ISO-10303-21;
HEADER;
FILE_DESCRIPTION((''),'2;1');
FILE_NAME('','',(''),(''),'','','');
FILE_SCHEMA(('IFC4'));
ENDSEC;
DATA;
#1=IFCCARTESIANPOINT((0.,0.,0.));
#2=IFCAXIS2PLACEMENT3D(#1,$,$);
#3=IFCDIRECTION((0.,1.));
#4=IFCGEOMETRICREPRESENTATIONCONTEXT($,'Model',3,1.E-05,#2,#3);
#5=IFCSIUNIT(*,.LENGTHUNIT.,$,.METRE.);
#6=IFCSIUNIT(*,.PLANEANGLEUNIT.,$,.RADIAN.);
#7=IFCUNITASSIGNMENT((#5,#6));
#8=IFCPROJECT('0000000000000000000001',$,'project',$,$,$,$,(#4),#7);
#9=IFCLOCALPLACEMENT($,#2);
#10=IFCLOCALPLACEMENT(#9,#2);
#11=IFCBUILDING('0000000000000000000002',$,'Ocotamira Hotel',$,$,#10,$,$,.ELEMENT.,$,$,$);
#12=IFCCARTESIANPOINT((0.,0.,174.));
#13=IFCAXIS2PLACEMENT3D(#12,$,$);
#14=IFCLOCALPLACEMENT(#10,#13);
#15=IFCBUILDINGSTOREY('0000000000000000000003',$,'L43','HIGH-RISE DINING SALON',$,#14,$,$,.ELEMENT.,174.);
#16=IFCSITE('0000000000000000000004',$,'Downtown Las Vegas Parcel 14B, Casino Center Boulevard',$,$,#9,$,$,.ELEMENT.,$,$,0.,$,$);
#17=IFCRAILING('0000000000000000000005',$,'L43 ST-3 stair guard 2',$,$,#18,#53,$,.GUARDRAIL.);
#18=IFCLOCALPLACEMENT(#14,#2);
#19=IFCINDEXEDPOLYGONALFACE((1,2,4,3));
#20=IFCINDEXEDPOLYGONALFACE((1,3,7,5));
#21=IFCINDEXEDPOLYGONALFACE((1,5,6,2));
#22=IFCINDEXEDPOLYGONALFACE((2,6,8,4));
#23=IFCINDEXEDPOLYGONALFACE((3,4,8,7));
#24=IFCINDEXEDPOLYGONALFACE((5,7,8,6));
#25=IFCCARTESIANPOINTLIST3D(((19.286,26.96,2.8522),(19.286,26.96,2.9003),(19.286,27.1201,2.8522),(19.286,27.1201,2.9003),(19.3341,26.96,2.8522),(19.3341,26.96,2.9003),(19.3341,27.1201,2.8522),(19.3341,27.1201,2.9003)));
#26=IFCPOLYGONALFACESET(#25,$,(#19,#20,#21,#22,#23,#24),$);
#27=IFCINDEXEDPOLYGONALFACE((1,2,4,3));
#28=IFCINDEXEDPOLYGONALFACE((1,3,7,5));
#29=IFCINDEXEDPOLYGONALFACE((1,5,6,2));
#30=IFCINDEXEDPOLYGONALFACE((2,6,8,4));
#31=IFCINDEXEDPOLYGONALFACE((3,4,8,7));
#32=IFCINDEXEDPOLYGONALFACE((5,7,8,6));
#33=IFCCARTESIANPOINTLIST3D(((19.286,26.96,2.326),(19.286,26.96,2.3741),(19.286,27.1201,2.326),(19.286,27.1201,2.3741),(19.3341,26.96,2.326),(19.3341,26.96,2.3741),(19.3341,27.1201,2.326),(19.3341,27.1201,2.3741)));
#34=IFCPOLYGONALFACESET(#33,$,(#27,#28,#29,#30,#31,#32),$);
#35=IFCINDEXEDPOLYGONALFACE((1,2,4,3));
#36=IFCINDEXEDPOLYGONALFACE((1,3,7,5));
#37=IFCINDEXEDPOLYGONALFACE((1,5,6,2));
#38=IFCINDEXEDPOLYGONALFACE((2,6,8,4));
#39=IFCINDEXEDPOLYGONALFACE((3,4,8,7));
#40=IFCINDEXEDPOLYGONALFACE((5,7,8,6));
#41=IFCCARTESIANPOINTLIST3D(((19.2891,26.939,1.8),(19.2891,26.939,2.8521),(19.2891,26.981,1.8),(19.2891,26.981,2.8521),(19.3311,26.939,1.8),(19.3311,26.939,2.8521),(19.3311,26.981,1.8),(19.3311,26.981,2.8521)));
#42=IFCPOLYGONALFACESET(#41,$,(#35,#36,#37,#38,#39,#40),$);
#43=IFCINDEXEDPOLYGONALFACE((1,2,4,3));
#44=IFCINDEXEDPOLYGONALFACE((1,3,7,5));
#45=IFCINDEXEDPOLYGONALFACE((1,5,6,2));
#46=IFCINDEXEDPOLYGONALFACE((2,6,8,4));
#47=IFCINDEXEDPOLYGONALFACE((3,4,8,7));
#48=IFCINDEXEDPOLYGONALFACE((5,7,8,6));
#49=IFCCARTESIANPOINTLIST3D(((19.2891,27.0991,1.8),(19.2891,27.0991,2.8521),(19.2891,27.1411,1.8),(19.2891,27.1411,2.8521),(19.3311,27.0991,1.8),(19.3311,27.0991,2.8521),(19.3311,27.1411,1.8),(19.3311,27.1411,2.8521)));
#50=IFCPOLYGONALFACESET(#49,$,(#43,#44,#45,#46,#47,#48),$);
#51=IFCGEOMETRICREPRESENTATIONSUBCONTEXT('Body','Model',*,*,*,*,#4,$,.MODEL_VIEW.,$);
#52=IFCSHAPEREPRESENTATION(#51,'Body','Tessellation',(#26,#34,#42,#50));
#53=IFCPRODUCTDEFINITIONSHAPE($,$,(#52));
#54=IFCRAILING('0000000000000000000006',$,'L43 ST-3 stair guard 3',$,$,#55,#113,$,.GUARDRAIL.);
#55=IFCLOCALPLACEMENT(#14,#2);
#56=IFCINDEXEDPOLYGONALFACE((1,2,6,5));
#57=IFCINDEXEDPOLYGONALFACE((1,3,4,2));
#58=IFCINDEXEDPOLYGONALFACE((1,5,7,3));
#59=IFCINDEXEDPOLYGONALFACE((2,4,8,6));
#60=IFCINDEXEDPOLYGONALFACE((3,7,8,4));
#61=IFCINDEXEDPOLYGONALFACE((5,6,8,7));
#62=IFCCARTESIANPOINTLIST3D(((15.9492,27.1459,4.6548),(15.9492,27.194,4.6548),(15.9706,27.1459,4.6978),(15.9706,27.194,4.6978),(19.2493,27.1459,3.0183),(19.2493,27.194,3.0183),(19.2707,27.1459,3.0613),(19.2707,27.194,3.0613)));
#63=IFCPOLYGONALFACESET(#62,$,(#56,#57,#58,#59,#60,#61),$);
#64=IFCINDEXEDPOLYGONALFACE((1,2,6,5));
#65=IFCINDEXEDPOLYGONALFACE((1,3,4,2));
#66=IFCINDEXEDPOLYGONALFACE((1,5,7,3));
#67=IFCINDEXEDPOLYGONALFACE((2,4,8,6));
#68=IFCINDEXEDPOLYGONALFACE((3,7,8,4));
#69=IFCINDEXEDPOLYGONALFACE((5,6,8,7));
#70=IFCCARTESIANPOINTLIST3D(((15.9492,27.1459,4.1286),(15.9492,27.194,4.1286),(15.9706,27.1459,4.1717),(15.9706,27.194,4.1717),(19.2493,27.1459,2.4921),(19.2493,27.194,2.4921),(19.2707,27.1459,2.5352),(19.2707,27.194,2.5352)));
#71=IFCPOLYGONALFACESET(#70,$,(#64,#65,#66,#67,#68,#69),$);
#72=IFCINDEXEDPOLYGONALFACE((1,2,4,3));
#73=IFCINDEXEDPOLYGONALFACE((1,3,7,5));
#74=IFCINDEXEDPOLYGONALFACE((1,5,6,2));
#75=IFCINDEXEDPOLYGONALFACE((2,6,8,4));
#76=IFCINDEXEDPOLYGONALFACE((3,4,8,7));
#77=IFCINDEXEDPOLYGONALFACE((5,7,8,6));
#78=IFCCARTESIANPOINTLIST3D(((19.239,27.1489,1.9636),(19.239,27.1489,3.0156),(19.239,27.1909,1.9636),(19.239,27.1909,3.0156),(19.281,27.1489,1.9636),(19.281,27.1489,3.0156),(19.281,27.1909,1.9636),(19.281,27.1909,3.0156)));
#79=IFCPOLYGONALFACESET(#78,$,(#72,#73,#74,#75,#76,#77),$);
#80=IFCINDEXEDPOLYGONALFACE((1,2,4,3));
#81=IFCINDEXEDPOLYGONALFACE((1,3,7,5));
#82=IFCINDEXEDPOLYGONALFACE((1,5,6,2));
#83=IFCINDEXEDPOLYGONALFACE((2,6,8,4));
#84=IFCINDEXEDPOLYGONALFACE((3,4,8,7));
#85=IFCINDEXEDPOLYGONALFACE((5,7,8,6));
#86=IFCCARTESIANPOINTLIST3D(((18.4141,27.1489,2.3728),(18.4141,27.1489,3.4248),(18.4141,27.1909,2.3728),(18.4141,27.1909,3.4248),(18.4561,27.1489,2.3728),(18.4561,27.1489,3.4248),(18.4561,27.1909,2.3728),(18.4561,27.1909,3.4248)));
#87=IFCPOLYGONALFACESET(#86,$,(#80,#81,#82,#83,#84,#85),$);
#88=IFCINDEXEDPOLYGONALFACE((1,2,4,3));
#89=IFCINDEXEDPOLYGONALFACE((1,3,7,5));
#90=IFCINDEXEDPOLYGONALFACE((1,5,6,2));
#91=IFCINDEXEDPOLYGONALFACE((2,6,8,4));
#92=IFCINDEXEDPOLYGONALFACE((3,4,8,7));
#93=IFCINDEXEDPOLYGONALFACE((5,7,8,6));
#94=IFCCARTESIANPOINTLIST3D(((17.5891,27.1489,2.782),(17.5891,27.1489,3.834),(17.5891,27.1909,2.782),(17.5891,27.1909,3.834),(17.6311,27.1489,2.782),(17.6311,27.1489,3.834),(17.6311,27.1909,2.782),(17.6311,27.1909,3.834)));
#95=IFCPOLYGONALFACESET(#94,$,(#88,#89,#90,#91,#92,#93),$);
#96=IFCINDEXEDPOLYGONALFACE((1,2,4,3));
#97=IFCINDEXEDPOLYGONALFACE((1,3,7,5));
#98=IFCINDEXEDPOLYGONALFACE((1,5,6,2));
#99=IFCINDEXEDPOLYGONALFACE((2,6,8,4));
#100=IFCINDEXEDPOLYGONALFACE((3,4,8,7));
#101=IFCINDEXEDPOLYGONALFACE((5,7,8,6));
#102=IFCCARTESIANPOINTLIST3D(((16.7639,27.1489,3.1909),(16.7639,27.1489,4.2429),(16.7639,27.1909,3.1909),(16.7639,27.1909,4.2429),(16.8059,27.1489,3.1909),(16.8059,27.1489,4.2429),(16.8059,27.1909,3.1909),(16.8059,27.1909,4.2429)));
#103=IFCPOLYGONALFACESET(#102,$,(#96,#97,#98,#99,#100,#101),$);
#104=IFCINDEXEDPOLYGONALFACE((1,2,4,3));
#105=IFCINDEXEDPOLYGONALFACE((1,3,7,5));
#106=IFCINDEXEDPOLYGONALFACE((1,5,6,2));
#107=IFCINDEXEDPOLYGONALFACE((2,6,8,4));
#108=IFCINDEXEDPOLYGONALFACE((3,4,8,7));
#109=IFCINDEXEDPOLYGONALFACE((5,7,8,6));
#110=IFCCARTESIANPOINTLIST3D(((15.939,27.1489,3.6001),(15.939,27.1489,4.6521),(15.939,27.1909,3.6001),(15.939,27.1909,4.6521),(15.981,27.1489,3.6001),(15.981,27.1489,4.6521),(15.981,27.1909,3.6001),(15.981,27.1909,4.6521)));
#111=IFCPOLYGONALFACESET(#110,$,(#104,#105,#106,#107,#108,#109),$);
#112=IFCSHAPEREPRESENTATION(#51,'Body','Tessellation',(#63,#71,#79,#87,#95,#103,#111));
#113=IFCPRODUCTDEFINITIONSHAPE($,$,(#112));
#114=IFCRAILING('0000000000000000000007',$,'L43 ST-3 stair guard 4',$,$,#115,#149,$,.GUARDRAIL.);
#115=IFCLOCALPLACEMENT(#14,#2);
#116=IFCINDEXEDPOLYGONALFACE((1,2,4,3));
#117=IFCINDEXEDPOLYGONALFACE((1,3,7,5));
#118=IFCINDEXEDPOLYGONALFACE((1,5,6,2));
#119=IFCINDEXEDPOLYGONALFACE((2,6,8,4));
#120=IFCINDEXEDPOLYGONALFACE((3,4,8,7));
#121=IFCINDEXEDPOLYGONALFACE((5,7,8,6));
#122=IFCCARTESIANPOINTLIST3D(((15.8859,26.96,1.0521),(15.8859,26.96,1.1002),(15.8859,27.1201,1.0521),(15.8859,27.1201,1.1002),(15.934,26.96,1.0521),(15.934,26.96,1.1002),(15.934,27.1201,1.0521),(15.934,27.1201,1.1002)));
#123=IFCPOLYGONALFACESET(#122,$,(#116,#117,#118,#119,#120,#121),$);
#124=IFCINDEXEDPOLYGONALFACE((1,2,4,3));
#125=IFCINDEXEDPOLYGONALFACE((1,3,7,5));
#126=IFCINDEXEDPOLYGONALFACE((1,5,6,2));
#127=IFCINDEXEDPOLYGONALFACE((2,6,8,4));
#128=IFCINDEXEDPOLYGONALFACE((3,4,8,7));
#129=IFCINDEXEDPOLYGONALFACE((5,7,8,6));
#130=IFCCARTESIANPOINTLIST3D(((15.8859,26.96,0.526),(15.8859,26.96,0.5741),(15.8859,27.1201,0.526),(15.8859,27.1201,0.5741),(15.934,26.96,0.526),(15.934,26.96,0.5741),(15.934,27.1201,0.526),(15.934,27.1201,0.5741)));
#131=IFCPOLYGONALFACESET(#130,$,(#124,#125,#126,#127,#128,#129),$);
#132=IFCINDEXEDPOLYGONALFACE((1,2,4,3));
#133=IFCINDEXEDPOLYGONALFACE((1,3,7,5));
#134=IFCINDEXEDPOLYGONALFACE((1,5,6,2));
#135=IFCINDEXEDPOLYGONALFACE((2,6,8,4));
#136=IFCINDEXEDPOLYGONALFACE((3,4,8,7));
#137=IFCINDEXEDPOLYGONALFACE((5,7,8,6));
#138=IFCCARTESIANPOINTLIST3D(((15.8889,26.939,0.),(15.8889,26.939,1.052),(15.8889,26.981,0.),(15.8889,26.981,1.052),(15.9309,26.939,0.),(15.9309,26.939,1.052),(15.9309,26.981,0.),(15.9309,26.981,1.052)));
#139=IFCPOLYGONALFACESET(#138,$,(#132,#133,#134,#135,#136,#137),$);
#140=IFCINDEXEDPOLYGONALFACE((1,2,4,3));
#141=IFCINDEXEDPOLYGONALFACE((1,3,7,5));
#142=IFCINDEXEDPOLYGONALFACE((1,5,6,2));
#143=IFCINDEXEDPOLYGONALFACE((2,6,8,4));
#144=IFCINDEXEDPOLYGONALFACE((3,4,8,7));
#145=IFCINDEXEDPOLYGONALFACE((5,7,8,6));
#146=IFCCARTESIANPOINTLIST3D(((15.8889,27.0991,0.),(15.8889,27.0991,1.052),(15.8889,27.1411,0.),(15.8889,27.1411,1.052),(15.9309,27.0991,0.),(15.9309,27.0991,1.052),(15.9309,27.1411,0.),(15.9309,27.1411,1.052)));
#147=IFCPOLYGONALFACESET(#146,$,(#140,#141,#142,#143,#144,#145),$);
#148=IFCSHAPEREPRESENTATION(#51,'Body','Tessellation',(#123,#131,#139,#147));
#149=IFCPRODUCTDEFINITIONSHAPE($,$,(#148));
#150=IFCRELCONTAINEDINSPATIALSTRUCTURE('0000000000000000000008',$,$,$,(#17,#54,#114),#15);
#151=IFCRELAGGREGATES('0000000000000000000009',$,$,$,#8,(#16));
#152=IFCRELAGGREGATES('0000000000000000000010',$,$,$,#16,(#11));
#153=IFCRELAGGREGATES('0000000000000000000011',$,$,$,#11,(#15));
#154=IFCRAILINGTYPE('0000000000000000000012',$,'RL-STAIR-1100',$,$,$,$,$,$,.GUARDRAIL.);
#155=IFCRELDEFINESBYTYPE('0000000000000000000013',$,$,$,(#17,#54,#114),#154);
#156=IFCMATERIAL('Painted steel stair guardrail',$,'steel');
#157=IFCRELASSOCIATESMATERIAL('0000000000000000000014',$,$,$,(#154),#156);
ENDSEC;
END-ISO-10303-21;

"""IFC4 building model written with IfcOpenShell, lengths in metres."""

from ifc_helpers import new_model, si_unit, direction, frame, origin, origin_2d, place, context, subcontext, project, spatial, rectangle, extrude, material, type_object, element, save


model = new_model("IFC4")

# Units and contexts
model_context = context("Model", 3, precision=1e-05, world=origin(), true_north=direction((0.0, 1.0)))
body_context = subcontext(model_context, "Body", "Model", "MODEL_VIEW")
ifc_project = project(units=[si_unit("LENGTHUNIT", "METRE"), si_unit("PLANEANGLEUNIT", "RADIAN")], contexts=[model_context])

# Site, building, storey
site_placement = place(None, origin())
site = spatial("IfcSite", under=ifc_project, at=site_placement, Name="Downtown Las Vegas Parcel 14B, Casino Center Boulevard", CompositionType="ELEMENT", RefElevation=0.0)
building_placement = place(site_placement, origin())
building = spatial("IfcBuilding", under=site, at=building_placement, Name="Ocotamira Hotel", CompositionType="ELEMENT")
storey_placement = place(building_placement, frame((0.0, 0.0, 174.0)))
storey = spatial("IfcBuildingStorey", under=building, at=storey_placement, Name="L43", Description="HIGH-RISE DINING SALON", CompositionType="ELEMENT", Elevation=174.0)

# Railings
ifc_material_1 = material(Name="Painted steel stair guardrail", Category="steel")
railing_type_1 = type_object("IfcRailingType", Name="RL-STAIR-1100", PredefinedType="GUARDRAIL", material=ifc_material_1)
railing_1_placement = place(storey_placement, frame((19.3101, 26.96, 1.8)))
element("IfcRailing", 1, at=railing_1_placement, inside=storey, type_object=railing_type_1, Name="L43 ST-3 stair guard 2", PredefinedType="GUARDRAIL", context=body_context, shape_type="SweptSolid", body=[
    extrude(rectangle(XDim=0.0481, YDim=0.0481, at=origin_2d()), frame((0.0, 0.0, 1.0762), z_axis=(0.0, 1.0, 0.0), x_axis=(-1.0, 0.0, 0.0)), (0.0, 0.0, 1.0), 0.1602),
    extrude(rectangle(XDim=0.0481, YDim=0.0481, at=origin_2d()), frame((0.0, 0.0, 0.55), z_axis=(0.0, 1.0, 0.0), x_axis=(-1.0, 0.0, 0.0)), (0.0, 0.0, 1.0), 0.1602),
    extrude(rectangle(XDim=0.042, YDim=0.042, at=origin_2d()), origin(), (0.0, 0.0, 1.0), 1.052),
    extrude(rectangle(XDim=0.042, YDim=0.042, at=origin_2d()), frame((0.0, 0.1602, 0.0)), (0.0, 0.0, 1.0), 1.052),
])
railing_2_placement = place(storey_placement, frame((19.26, 27.1699, 1.9636)))
element("IfcRailing", 2, at=railing_2_placement, inside=storey, type_object=railing_type_1, Name="L43 ST-3 stair guard 3", PredefinedType="GUARDRAIL", context=body_context, shape_type="SweptSolid", body=[
    extrude(rectangle(XDim=0.0481, YDim=0.0481, at=origin_2d()), frame((0.0, 0.0, 1.0762), z_axis=(-0.895894, 0.0, 0.444268), x_axis=(0.0, -1.0, 0.0)), (0.0, 0.0, 1.0), 3.6836),
    extrude(rectangle(XDim=0.0481, YDim=0.0481, at=origin_2d()), frame((0.0, 0.0, 0.55), z_axis=(-0.895894, 0.0, 0.444268), x_axis=(0.0, -1.0, 0.0)), (0.0, 0.0, 1.0), 3.6836),
    extrude(rectangle(XDim=0.042, YDim=0.042, at=origin_2d()), origin(), (0.0, 0.0, 1.0), 1.052),
    extrude(rectangle(XDim=0.042, YDim=0.042, at=origin_2d()), frame((-0.825, 0.0, 0.4092)), (0.0, 0.0, 1.0), 1.052),
    extrude(rectangle(XDim=0.042, YDim=0.042, at=origin_2d()), frame((-1.6499, 0.0, 0.8184)), (0.0, 0.0, 1.0), 1.052),
    extrude(rectangle(XDim=0.042, YDim=0.042, at=origin_2d()), frame((-2.4751, 0.0, 1.2273)), (0.0, 0.0, 1.0), 1.052),
    extrude(rectangle(XDim=0.042, YDim=0.042, at=origin_2d()), frame((-3.3, 0.0, 1.6365)), (0.0, 0.0, 1.0), 1.052),
])
railing_3_placement = place(storey_placement, frame((15.9099, 26.96, 0.0)))
element("IfcRailing", 3, at=railing_3_placement, inside=storey, type_object=railing_type_1, Name="L43 ST-3 stair guard 4", PredefinedType="GUARDRAIL", context=body_context, shape_type="SweptSolid", body=[
    extrude(rectangle(XDim=0.0481, YDim=0.0481, at=origin_2d()), frame((0.0, 0.0, 1.0762), z_axis=(0.0, 1.0, 0.0), x_axis=(-1.0, 0.0, 0.0)), (0.0, 0.0, 1.0), 0.1602),
    extrude(rectangle(XDim=0.0481, YDim=0.0481, at=origin_2d()), frame((0.0, 0.0, 0.55), z_axis=(0.0, 1.0, 0.0), x_axis=(-1.0, 0.0, 0.0)), (0.0, 0.0, 1.0), 0.1602),
    extrude(rectangle(XDim=0.042, YDim=0.042, at=origin_2d()), origin(), (0.0, 0.0, 1.0), 1.052),
    extrude(rectangle(XDim=0.042, YDim=0.042, at=origin_2d()), frame((0.0, 0.1602, 0.0)), (0.0, 0.0, 1.0), 1.052),
])

save(model, "model.ifc")
